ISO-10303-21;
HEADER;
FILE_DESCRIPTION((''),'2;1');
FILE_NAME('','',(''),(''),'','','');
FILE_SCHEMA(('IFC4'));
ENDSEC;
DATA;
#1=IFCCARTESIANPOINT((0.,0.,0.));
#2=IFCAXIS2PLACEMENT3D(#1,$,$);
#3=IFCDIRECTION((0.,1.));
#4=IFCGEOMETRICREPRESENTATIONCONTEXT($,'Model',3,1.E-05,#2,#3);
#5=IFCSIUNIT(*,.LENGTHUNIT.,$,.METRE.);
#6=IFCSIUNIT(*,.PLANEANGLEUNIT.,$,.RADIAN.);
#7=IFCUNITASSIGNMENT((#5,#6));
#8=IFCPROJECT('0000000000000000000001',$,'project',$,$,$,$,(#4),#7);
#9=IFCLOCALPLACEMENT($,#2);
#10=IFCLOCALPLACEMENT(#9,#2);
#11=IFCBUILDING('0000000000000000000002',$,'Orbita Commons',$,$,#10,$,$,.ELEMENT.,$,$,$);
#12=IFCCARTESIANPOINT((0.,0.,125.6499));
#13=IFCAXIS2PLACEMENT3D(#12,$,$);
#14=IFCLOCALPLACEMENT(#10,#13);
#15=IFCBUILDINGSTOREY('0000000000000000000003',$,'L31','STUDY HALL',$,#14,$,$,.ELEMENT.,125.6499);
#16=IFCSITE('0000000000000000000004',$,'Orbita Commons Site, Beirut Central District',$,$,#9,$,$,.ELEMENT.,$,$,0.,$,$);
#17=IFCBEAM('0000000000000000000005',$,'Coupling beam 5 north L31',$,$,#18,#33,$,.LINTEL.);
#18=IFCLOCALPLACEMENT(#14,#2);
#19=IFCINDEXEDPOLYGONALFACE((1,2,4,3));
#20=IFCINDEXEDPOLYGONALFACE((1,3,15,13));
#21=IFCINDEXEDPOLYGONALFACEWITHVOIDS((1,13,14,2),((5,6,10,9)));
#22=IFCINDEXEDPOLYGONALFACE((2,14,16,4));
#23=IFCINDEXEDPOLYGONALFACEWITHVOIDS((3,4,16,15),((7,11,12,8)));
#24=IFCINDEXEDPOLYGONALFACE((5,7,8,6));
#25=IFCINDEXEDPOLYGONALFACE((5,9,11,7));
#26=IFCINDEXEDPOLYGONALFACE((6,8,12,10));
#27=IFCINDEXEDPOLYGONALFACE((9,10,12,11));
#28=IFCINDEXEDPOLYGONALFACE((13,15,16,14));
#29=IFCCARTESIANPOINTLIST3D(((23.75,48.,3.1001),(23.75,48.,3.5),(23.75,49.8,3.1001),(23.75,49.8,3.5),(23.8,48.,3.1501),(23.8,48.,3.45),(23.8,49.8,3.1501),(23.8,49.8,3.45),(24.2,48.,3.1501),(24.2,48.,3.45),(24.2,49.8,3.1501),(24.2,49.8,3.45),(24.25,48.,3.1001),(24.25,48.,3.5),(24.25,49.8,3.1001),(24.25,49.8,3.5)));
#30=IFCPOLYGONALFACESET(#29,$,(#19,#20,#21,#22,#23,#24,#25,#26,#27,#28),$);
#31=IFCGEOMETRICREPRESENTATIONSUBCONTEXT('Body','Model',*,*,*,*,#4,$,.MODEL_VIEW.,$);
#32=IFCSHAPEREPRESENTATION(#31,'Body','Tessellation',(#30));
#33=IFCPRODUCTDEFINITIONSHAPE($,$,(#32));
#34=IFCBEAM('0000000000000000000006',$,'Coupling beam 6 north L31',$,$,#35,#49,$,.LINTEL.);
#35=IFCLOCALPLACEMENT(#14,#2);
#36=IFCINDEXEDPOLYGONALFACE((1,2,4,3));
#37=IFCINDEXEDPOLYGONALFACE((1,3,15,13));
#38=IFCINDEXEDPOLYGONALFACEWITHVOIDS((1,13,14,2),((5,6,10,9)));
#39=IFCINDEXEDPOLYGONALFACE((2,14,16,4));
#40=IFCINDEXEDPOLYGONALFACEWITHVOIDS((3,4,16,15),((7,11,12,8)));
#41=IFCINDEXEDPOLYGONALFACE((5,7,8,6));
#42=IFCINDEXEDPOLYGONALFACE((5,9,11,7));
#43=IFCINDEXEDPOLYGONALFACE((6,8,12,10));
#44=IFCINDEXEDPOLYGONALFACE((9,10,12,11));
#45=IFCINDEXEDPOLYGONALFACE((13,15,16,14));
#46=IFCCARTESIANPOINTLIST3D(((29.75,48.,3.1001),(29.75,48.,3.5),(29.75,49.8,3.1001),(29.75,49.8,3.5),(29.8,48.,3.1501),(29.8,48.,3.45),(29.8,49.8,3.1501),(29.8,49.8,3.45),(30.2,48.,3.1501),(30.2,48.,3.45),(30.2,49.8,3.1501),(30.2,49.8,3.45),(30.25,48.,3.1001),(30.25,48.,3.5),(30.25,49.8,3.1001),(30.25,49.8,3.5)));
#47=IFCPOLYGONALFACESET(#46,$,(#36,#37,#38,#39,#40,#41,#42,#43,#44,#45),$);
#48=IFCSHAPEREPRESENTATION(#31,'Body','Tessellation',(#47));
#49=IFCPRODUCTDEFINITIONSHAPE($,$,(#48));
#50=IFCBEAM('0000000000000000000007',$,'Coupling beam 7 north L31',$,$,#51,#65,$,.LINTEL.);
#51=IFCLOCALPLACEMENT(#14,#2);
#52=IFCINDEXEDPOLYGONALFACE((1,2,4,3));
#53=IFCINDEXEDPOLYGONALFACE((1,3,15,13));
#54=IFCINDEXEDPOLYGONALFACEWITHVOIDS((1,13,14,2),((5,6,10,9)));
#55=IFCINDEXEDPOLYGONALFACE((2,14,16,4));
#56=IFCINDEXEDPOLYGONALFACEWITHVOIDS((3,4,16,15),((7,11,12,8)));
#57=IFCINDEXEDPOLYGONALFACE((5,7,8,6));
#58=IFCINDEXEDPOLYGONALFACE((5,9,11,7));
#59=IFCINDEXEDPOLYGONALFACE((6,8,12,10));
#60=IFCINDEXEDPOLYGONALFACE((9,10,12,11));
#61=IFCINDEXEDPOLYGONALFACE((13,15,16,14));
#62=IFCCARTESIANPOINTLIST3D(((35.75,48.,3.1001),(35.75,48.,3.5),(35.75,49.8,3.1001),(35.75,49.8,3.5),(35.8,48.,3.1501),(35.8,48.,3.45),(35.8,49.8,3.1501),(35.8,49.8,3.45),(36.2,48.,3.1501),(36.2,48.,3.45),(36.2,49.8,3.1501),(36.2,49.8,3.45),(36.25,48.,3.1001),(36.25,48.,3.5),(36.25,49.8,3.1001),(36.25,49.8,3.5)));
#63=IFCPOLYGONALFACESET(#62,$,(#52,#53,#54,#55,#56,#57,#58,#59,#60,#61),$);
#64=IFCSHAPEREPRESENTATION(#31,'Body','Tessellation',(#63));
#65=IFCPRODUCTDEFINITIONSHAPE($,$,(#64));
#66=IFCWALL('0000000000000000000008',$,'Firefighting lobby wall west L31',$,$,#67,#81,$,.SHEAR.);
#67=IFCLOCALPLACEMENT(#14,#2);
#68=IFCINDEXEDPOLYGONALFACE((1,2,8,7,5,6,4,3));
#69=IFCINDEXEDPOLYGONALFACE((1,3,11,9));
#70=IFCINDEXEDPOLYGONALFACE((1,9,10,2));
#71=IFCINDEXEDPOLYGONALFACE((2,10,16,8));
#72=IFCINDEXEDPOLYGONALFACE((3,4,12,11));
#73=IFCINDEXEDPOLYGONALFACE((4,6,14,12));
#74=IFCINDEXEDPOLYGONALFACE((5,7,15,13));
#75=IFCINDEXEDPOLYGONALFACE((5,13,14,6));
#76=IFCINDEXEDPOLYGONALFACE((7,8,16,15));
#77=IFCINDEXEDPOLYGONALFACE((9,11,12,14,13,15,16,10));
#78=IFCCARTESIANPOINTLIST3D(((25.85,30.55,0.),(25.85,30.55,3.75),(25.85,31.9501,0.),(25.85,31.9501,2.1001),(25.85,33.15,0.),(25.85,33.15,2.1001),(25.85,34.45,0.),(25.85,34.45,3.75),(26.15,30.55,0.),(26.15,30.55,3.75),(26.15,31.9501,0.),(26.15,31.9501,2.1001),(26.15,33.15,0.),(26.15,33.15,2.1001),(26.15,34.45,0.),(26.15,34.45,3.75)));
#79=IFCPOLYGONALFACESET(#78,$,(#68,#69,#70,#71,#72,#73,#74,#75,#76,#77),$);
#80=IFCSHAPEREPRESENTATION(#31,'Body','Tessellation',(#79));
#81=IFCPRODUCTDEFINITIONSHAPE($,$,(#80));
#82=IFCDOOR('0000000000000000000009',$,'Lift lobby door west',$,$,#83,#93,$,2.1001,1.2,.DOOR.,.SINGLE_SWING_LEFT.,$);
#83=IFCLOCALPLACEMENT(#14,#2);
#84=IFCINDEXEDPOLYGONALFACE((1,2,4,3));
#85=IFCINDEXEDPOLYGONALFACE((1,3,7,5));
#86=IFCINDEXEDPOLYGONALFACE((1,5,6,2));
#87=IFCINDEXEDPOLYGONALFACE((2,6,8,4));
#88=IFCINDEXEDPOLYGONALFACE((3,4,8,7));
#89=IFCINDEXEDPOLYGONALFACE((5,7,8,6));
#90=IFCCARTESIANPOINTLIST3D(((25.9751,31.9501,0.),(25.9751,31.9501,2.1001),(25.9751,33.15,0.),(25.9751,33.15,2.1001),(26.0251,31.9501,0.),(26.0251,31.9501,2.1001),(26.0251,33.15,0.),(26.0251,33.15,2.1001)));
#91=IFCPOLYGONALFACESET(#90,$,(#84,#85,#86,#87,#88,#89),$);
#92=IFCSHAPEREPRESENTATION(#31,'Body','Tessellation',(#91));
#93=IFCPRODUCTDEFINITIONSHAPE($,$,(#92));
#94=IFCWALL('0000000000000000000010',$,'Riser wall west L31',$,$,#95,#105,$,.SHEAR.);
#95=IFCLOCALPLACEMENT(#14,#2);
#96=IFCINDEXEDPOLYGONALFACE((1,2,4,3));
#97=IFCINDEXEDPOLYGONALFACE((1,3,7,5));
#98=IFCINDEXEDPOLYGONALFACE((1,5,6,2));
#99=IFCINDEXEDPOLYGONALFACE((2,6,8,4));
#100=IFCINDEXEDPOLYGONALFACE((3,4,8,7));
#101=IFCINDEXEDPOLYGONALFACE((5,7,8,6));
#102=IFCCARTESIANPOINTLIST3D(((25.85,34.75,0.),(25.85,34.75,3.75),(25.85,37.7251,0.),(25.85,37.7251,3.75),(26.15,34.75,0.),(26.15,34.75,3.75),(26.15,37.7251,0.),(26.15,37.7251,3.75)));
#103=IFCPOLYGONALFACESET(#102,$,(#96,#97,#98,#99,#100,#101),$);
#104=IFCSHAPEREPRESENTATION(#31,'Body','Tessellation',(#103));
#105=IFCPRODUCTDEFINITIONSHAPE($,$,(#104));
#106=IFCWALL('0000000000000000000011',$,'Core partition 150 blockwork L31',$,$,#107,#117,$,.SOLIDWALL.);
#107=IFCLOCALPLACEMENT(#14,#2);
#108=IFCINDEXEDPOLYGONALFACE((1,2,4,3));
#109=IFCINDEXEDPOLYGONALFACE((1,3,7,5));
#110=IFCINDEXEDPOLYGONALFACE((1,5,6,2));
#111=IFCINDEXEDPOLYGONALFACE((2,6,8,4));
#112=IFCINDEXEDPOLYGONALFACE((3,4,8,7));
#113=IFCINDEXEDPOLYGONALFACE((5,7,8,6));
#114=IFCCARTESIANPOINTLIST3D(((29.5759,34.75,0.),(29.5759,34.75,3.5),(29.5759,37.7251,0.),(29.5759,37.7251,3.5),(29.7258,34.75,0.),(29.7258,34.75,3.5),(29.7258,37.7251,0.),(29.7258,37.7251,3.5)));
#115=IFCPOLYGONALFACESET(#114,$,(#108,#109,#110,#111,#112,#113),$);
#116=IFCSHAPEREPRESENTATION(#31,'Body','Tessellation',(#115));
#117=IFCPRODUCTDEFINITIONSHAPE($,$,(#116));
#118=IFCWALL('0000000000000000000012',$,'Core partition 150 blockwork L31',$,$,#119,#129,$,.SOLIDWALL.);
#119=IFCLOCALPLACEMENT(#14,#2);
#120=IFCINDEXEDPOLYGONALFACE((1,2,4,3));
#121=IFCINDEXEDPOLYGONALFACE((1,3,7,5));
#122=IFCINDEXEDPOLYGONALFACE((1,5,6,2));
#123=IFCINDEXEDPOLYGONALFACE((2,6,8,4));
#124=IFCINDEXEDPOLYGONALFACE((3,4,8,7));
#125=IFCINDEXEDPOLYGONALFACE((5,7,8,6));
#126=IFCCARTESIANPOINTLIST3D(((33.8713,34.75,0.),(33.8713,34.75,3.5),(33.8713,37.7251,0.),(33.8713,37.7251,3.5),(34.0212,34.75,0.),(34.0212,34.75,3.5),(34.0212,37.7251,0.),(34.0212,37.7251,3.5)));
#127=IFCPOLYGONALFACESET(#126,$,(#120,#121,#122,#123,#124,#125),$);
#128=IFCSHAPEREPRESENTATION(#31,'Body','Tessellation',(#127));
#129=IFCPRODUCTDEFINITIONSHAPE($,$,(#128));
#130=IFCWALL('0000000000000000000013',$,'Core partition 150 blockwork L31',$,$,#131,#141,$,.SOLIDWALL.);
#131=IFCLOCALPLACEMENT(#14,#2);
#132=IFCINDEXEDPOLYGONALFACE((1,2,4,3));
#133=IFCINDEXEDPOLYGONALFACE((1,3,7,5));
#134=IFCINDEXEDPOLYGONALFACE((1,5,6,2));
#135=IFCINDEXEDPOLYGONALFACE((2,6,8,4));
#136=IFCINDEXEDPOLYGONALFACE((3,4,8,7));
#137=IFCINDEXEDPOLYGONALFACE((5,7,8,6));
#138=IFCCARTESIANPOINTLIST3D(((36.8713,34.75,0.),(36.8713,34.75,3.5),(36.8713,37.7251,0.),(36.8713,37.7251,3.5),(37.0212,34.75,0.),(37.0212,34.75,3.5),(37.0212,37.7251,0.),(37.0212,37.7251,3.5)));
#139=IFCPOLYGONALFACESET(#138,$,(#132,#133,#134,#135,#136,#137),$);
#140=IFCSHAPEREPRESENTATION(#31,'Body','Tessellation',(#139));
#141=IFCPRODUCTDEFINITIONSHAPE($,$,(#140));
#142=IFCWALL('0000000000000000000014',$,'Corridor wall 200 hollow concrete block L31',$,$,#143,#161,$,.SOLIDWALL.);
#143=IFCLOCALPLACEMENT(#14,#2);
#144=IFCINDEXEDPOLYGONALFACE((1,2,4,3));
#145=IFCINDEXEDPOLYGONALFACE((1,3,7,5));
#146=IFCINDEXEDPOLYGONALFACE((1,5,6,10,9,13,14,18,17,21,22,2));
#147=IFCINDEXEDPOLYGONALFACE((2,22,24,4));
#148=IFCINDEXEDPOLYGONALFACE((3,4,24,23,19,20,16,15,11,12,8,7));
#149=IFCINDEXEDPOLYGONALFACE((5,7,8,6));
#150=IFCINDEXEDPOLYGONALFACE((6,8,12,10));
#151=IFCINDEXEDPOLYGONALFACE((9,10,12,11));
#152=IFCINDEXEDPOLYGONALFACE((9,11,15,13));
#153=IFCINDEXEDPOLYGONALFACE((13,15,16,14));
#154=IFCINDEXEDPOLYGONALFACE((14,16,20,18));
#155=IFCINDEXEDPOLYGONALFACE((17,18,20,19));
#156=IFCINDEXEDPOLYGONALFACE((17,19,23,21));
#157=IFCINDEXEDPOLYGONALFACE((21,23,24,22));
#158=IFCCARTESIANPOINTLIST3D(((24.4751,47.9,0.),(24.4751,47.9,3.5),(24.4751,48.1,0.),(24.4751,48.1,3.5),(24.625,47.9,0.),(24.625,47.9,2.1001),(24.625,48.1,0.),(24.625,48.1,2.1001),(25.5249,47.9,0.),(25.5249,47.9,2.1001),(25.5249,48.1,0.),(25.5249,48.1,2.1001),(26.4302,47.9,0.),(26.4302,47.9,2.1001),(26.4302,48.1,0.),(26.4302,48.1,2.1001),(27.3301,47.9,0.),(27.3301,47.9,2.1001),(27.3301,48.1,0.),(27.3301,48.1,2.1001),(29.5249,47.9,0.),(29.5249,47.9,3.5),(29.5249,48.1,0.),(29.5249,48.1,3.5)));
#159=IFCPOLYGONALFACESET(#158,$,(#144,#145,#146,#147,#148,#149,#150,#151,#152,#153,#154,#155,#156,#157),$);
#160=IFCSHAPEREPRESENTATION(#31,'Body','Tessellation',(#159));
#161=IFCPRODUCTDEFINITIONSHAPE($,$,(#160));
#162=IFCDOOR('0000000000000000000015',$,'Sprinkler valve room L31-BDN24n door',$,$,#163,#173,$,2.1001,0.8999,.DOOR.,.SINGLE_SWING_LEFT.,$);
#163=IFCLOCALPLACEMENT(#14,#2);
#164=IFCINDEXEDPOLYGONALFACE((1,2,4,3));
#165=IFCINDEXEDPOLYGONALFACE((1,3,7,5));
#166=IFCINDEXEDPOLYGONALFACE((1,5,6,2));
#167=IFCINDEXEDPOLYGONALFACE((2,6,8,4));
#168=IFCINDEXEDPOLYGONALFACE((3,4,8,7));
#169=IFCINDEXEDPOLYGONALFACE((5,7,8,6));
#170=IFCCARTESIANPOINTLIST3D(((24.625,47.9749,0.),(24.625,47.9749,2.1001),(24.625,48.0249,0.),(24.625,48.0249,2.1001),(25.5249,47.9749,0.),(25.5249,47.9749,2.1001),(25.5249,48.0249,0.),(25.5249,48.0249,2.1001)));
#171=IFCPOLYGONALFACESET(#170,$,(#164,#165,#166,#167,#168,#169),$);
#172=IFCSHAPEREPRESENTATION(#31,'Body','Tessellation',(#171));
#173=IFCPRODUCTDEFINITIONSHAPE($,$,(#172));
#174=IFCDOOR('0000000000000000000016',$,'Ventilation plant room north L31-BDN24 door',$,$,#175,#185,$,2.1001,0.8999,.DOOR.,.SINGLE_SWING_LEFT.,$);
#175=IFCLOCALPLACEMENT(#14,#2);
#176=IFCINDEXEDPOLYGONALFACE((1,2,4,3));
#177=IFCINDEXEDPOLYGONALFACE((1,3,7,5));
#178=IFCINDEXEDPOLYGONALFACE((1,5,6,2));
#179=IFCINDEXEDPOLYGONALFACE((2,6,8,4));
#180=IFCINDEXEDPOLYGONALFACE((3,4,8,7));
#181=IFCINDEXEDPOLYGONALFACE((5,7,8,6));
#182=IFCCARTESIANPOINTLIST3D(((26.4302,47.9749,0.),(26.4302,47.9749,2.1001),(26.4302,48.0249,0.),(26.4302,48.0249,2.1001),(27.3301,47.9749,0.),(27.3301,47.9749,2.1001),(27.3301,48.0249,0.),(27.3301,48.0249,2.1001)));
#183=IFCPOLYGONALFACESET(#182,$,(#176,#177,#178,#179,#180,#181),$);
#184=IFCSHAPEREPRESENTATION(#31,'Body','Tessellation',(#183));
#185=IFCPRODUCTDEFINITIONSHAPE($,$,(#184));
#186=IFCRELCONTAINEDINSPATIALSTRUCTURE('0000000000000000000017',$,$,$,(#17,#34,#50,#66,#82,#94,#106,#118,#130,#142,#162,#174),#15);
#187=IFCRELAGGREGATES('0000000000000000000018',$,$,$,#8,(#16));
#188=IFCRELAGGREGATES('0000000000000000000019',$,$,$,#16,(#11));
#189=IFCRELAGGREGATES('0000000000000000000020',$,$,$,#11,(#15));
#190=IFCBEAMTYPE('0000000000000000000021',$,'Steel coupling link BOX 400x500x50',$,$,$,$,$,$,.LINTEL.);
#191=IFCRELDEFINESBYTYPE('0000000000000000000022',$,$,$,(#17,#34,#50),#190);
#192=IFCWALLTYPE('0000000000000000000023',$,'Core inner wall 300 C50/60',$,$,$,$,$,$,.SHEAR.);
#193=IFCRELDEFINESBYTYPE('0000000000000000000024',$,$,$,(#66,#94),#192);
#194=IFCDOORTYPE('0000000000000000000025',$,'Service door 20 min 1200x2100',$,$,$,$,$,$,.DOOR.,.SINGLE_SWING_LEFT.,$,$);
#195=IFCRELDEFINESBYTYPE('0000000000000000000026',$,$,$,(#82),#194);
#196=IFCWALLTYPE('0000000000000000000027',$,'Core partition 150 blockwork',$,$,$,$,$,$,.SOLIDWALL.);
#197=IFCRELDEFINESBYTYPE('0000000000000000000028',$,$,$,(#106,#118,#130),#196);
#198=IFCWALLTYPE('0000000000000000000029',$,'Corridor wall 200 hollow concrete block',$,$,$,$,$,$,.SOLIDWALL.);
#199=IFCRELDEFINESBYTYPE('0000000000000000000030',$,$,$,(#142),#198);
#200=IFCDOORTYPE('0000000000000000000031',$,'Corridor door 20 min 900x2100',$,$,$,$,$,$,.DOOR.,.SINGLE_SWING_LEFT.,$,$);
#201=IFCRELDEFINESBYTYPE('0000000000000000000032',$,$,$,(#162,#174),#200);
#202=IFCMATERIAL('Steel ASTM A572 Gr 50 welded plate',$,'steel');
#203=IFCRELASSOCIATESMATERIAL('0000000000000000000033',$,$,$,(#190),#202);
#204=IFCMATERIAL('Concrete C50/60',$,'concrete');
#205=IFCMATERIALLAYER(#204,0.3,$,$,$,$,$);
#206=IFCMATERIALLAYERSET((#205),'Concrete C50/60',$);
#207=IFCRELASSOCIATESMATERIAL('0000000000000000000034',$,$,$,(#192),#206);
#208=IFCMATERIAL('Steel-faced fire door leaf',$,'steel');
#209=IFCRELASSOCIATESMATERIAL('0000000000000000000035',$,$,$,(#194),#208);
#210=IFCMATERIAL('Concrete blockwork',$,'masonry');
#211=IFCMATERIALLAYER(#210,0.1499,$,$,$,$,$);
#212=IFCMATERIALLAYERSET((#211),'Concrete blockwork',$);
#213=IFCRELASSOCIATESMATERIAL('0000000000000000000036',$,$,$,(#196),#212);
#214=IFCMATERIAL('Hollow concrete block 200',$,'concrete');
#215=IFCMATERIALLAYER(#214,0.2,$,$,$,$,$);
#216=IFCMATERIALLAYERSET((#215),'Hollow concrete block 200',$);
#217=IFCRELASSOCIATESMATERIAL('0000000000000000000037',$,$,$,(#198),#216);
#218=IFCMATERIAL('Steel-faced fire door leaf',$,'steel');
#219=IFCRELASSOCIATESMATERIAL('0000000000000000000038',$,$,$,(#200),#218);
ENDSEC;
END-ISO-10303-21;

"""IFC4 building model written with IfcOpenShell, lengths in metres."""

from ifc_helpers import new_model, si_unit, direction, frame, frame_2d, origin, origin_2d, place, context, subcontext, project, spatial, rectangle, hollow_rectangle, extrude, material, layer, layer_set, material_profile, profile_set, type_object, element, fill, save


model = new_model("IFC4")

# Units and contexts
model_context = context("Model", 3, precision=1e-05, world=origin(), true_north=direction((0.0, 1.0)))
body_context = subcontext(model_context, "Body", "Model", "MODEL_VIEW")
ifc_project = project(units=[si_unit("LENGTHUNIT", "METRE"), si_unit("PLANEANGLEUNIT", "RADIAN")], contexts=[model_context])

# Site, building, storey
site_placement = place(None, origin())
site = spatial("IfcSite", under=ifc_project, at=site_placement, Name="Orbita Commons Site, Beirut Central District", CompositionType="ELEMENT", RefElevation=0.0)
building_placement = place(site_placement, origin())
building = spatial("IfcBuilding", under=site, at=building_placement, Name="Orbita Commons", CompositionType="ELEMENT")
storey_placement = place(building_placement, frame((0.0, 0.0, 125.6499)))
storey = spatial("IfcBuildingStorey", under=building, at=storey_placement, Name="L31", Description="STUDY HALL", CompositionType="ELEMENT", Elevation=125.6499)

# Beams
ifc_material_1 = material(Name="Steel ASTM A572 Gr 50 welded plate", Category="steel")
ifc_material_profile = material_profile(ifc_material_1, hollow_rectangle(XDim=0.5, YDim=0.3999, WallThickness=0.05, at=origin_2d()), Name="BOX 400x500x50")
ifc_profile_set = profile_set([ifc_material_profile], Name="Steel ASTM A572 Gr 50 welded plate")
beam_type = type_object("IfcBeamType", Name="Steel coupling link BOX 400x500x50", PredefinedType="LINTEL", material=ifc_profile_set)
for number, where, z_axis, x_axis, name in (
    (1, (24.0, 48.0, 3.3), (0.0, 1.0, 0.0), (-1.0, 0.0, 0.0), "Coupling beam 5 north L31"),
    (2, (30.0, 48.0, 3.3), (0.0, 1.0, 0.0), (-1.0, 0.0, 0.0), "Coupling beam 6 north L31"),
    (3, (36.0, 48.0, 3.3), (0.0, 1.0, 0.0), (-1.0, 0.0, 0.0), "Coupling beam 7 north L31"),
):
    element("IfcBeam", number, at=place(storey_placement, frame(where, z_axis=z_axis, x_axis=x_axis)), inside=storey, type_object=beam_type, Name=name, PredefinedType="LINTEL", context=body_context, shape_type="SweptSolid", body=[
        extrude(hollow_rectangle(XDim=0.5, YDim=0.3999, WallThickness=0.05, at=origin_2d()), origin(), (0.0, 0.0, 1.0), 1.8),
    ])

# Wall, opening, door
ifc_material_2 = material(Name="Concrete C50/60", Category="concrete")
ifc_layer_1 = layer(ifc_material_2, 0.3)
ifc_layer_set_1 = layer_set([ifc_layer_1], Name="Concrete C50/60")
wall_type_1 = type_object("IfcWallType", Name="Core inner wall 300 C50/60", PredefinedType="SHEAR", material=ifc_layer_set_1)
wall_1_placement = place(storey_placement, frame((26.0, 30.55, 0.0), z_axis=(0.0, 0.0, 1.0), x_axis=(0.0, 1.0, 0.0)))
wall_1 = element("IfcWall", 4, at=wall_1_placement, inside=storey, type_object=wall_type_1, Name="Firefighting lobby wall west L31", PredefinedType="SHEAR", context=body_context, shape_type="SweptSolid", body=[
    extrude(rectangle(XDim=3.8999, YDim=0.3, at=frame_2d((1.95, 0.0))), origin(), (0.0, 0.0, 1.0), 3.75),
])
opening_1_placement = place(wall_1_placement, frame((1.3999, 0.0, 0.0)))
opening_1 = element("IfcOpeningElement", 5, at=opening_1_placement, cuts=wall_1, PredefinedType="OPENING", context=body_context, shape_type="SweptSolid", body=[
    extrude(rectangle(XDim=1.2, YDim=2.1001, at=frame_2d((0.6001, 1.05))), frame((0.0, 0.1599, 0.0), z_axis=(0.0, -1.0, 0.0), x_axis=(1.0, 0.0, 0.0)), (0.0, 0.0, 1.0), 0.3201),
])
ifc_material_3 = material(Name="Steel-faced fire door leaf", Category="steel")
door_type_1 = type_object("IfcDoorType", Name="Service door 20 min 1200x2100", OperationType="SINGLE_SWING_LEFT", PredefinedType="DOOR", material=ifc_material_3)
door_1_placement = place(opening_1_placement, origin())
door_1 = element("IfcDoor", 6, at=door_1_placement, inside=storey, type_object=door_type_1, Name="Lift lobby door west", OperationType="SINGLE_SWING_LEFT", OverallHeight=2.1001, OverallWidth=1.2, PredefinedType="DOOR", context=body_context, shape_type="SweptSolid", body=[
    extrude(rectangle(XDim=1.2, YDim=2.1001, at=frame_2d((0.6001, 1.05))), frame((0.0, 0.0249, 0.0), z_axis=(0.0, -1.0, 0.0), x_axis=(1.0, 0.0, 0.0)), (0.0, 0.0, 1.0), 0.05),
])
fill(opening_1, door_1)

# Walls
wall_2_placement = place(storey_placement, frame((26.0, 34.75, 0.0), z_axis=(0.0, 0.0, 1.0), x_axis=(0.0, 1.0, 0.0)))
element("IfcWall", 7, at=wall_2_placement, inside=storey, type_object=wall_type_1, Name="Riser wall west L31", PredefinedType="SHEAR", context=body_context, shape_type="SweptSolid", body=[
    extrude(rectangle(XDim=2.9751, YDim=0.3, at=frame_2d((1.4875, 0.0))), origin(), (0.0, 0.0, 1.0), 3.75),
])
ifc_material_4 = material(Name="Concrete blockwork", Category="masonry")
ifc_layer_2 = layer(ifc_material_4, 0.1499)
ifc_layer_set_2 = layer_set([ifc_layer_2], Name="Concrete blockwork")
wall_type_2 = type_object("IfcWallType", Name="Core partition 150 blockwork", PredefinedType="SOLIDWALL", material=ifc_layer_set_2)
for number, where, z_axis, x_axis, name in (
    (8, (29.6509, 34.75, 0.0), (0.0, 0.0, 1.0), (0.0, 1.0, 0.0), "Core partition 150 blockwork L31"),
    (9, (33.9463, 34.75, 0.0), (0.0, 0.0, 1.0), (0.0, 1.0, 0.0), "Core partition 150 blockwork L31"),
    (10, (36.9463, 34.75, 0.0), (0.0, 0.0, 1.0), (0.0, 1.0, 0.0), "Core partition 150 blockwork L31"),
):
    element("IfcWall", number, at=place(storey_placement, frame(where, z_axis=z_axis, x_axis=x_axis)), inside=storey, type_object=wall_type_2, Name=name, PredefinedType="SOLIDWALL", context=body_context, shape_type="SweptSolid", body=[
        extrude(rectangle(XDim=2.9751, YDim=0.1499, at=frame_2d((1.4875, 0.0))), origin(), (0.0, 0.0, 1.0), 3.5),
    ])

# Wall, openings, doors
ifc_material_5 = material(Name="Hollow concrete block 200", Category="concrete")
ifc_layer_3 = layer(ifc_material_5, 0.2)
ifc_layer_set_3 = layer_set([ifc_layer_3], Name="Hollow concrete block 200")
wall_type_3 = type_object("IfcWallType", Name="Corridor wall 200 hollow concrete block", PredefinedType="SOLIDWALL", material=ifc_layer_set_3)
wall_3_placement = place(storey_placement, frame((24.4751, 48.0, 0.0), z_axis=(0.0, 0.0, 1.0), x_axis=(1.0, 0.0, 0.0)))
wall_3 = element("IfcWall", 11, at=wall_3_placement, inside=storey, type_object=wall_type_3, Name="Corridor wall 200 hollow concrete block L31", PredefinedType="SOLIDWALL", context=body_context, shape_type="SweptSolid", body=[
    extrude(rectangle(XDim=5.0498, YDim=0.2, at=frame_2d((2.5249, 0.0))), origin(), (0.0, 0.0, 1.0), 3.5),
])
opening_2_placement = place(wall_3_placement, frame((0.1499, 0.0, 0.0)))
opening_2 = element("IfcOpeningElement", 12, at=opening_2_placement, cuts=wall_3, PredefinedType="OPENING", context=body_context, shape_type="SweptSolid", body=[
    extrude(rectangle(XDim=0.8999, YDim=2.1001, at=frame_2d((0.45, 1.05))), frame((0.0, 0.1099, 0.0), z_axis=(0.0, -1.0, 0.0), x_axis=(1.0, 0.0, 0.0)), (0.0, 0.0, 1.0), 0.22),
])
opening_3_placement = place(wall_3_placement, frame((1.9551, 0.0, 0.0)))
opening_3 = element("IfcOpeningElement", 13, at=opening_3_placement, cuts=wall_3, PredefinedType="OPENING", context=body_context, shape_type="SweptSolid", body=[
    extrude(rectangle(XDim=0.8999, YDim=2.1001, at=frame_2d((0.45, 1.05))), frame((0.0, 0.1099, 0.0), z_axis=(0.0, -1.0, 0.0), x_axis=(1.0, 0.0, 0.0)), (0.0, 0.0, 1.0), 0.22),
])
ifc_material_6 = material(Name="Steel-faced fire door leaf", Category="steel")
door_type_2 = type_object("IfcDoorType", Name="Corridor door 20 min 900x2100", OperationType="SINGLE_SWING_LEFT", PredefinedType="DOOR", material=ifc_material_6)
door_2_placement = place(opening_2_placement, origin())
door_2 = element("IfcDoor", 14, at=door_2_placement, inside=storey, type_object=door_type_2, Name="Sprinkler valve room L31-BDN24n door", OperationType="SINGLE_SWING_LEFT", OverallHeight=2.1001, OverallWidth=0.8999, PredefinedType="DOOR", context=body_context, shape_type="SweptSolid", body=[
    extrude(rectangle(XDim=0.8999, YDim=2.1001, at=frame_2d((0.45, 1.05))), frame((0.0, 0.0249, 0.0), z_axis=(0.0, -1.0, 0.0), x_axis=(1.0, 0.0, 0.0)), (0.0, 0.0, 1.0), 0.05),
])
fill(opening_2, door_2)
door_3_placement = place(opening_3_placement, origin())
door_3 = element("IfcDoor", 15, at=door_3_placement, inside=storey, type_object=door_type_2, Name="Ventilation plant room north L31-BDN24 door", OperationType="SINGLE_SWING_LEFT", OverallHeight=2.1001, OverallWidth=0.8999, PredefinedType="DOOR", context=body_context, shape_type="SweptSolid", body=[
    extrude(rectangle(XDim=0.8999, YDim=2.1001, at=frame_2d((0.45, 1.05))), frame((0.0, 0.0249, 0.0), z_axis=(0.0, -1.0, 0.0), x_axis=(1.0, 0.0, 0.0)), (0.0, 0.0, 1.0), 0.05),
])
fill(opening_3, door_3)

save(model, "model.ifc")
